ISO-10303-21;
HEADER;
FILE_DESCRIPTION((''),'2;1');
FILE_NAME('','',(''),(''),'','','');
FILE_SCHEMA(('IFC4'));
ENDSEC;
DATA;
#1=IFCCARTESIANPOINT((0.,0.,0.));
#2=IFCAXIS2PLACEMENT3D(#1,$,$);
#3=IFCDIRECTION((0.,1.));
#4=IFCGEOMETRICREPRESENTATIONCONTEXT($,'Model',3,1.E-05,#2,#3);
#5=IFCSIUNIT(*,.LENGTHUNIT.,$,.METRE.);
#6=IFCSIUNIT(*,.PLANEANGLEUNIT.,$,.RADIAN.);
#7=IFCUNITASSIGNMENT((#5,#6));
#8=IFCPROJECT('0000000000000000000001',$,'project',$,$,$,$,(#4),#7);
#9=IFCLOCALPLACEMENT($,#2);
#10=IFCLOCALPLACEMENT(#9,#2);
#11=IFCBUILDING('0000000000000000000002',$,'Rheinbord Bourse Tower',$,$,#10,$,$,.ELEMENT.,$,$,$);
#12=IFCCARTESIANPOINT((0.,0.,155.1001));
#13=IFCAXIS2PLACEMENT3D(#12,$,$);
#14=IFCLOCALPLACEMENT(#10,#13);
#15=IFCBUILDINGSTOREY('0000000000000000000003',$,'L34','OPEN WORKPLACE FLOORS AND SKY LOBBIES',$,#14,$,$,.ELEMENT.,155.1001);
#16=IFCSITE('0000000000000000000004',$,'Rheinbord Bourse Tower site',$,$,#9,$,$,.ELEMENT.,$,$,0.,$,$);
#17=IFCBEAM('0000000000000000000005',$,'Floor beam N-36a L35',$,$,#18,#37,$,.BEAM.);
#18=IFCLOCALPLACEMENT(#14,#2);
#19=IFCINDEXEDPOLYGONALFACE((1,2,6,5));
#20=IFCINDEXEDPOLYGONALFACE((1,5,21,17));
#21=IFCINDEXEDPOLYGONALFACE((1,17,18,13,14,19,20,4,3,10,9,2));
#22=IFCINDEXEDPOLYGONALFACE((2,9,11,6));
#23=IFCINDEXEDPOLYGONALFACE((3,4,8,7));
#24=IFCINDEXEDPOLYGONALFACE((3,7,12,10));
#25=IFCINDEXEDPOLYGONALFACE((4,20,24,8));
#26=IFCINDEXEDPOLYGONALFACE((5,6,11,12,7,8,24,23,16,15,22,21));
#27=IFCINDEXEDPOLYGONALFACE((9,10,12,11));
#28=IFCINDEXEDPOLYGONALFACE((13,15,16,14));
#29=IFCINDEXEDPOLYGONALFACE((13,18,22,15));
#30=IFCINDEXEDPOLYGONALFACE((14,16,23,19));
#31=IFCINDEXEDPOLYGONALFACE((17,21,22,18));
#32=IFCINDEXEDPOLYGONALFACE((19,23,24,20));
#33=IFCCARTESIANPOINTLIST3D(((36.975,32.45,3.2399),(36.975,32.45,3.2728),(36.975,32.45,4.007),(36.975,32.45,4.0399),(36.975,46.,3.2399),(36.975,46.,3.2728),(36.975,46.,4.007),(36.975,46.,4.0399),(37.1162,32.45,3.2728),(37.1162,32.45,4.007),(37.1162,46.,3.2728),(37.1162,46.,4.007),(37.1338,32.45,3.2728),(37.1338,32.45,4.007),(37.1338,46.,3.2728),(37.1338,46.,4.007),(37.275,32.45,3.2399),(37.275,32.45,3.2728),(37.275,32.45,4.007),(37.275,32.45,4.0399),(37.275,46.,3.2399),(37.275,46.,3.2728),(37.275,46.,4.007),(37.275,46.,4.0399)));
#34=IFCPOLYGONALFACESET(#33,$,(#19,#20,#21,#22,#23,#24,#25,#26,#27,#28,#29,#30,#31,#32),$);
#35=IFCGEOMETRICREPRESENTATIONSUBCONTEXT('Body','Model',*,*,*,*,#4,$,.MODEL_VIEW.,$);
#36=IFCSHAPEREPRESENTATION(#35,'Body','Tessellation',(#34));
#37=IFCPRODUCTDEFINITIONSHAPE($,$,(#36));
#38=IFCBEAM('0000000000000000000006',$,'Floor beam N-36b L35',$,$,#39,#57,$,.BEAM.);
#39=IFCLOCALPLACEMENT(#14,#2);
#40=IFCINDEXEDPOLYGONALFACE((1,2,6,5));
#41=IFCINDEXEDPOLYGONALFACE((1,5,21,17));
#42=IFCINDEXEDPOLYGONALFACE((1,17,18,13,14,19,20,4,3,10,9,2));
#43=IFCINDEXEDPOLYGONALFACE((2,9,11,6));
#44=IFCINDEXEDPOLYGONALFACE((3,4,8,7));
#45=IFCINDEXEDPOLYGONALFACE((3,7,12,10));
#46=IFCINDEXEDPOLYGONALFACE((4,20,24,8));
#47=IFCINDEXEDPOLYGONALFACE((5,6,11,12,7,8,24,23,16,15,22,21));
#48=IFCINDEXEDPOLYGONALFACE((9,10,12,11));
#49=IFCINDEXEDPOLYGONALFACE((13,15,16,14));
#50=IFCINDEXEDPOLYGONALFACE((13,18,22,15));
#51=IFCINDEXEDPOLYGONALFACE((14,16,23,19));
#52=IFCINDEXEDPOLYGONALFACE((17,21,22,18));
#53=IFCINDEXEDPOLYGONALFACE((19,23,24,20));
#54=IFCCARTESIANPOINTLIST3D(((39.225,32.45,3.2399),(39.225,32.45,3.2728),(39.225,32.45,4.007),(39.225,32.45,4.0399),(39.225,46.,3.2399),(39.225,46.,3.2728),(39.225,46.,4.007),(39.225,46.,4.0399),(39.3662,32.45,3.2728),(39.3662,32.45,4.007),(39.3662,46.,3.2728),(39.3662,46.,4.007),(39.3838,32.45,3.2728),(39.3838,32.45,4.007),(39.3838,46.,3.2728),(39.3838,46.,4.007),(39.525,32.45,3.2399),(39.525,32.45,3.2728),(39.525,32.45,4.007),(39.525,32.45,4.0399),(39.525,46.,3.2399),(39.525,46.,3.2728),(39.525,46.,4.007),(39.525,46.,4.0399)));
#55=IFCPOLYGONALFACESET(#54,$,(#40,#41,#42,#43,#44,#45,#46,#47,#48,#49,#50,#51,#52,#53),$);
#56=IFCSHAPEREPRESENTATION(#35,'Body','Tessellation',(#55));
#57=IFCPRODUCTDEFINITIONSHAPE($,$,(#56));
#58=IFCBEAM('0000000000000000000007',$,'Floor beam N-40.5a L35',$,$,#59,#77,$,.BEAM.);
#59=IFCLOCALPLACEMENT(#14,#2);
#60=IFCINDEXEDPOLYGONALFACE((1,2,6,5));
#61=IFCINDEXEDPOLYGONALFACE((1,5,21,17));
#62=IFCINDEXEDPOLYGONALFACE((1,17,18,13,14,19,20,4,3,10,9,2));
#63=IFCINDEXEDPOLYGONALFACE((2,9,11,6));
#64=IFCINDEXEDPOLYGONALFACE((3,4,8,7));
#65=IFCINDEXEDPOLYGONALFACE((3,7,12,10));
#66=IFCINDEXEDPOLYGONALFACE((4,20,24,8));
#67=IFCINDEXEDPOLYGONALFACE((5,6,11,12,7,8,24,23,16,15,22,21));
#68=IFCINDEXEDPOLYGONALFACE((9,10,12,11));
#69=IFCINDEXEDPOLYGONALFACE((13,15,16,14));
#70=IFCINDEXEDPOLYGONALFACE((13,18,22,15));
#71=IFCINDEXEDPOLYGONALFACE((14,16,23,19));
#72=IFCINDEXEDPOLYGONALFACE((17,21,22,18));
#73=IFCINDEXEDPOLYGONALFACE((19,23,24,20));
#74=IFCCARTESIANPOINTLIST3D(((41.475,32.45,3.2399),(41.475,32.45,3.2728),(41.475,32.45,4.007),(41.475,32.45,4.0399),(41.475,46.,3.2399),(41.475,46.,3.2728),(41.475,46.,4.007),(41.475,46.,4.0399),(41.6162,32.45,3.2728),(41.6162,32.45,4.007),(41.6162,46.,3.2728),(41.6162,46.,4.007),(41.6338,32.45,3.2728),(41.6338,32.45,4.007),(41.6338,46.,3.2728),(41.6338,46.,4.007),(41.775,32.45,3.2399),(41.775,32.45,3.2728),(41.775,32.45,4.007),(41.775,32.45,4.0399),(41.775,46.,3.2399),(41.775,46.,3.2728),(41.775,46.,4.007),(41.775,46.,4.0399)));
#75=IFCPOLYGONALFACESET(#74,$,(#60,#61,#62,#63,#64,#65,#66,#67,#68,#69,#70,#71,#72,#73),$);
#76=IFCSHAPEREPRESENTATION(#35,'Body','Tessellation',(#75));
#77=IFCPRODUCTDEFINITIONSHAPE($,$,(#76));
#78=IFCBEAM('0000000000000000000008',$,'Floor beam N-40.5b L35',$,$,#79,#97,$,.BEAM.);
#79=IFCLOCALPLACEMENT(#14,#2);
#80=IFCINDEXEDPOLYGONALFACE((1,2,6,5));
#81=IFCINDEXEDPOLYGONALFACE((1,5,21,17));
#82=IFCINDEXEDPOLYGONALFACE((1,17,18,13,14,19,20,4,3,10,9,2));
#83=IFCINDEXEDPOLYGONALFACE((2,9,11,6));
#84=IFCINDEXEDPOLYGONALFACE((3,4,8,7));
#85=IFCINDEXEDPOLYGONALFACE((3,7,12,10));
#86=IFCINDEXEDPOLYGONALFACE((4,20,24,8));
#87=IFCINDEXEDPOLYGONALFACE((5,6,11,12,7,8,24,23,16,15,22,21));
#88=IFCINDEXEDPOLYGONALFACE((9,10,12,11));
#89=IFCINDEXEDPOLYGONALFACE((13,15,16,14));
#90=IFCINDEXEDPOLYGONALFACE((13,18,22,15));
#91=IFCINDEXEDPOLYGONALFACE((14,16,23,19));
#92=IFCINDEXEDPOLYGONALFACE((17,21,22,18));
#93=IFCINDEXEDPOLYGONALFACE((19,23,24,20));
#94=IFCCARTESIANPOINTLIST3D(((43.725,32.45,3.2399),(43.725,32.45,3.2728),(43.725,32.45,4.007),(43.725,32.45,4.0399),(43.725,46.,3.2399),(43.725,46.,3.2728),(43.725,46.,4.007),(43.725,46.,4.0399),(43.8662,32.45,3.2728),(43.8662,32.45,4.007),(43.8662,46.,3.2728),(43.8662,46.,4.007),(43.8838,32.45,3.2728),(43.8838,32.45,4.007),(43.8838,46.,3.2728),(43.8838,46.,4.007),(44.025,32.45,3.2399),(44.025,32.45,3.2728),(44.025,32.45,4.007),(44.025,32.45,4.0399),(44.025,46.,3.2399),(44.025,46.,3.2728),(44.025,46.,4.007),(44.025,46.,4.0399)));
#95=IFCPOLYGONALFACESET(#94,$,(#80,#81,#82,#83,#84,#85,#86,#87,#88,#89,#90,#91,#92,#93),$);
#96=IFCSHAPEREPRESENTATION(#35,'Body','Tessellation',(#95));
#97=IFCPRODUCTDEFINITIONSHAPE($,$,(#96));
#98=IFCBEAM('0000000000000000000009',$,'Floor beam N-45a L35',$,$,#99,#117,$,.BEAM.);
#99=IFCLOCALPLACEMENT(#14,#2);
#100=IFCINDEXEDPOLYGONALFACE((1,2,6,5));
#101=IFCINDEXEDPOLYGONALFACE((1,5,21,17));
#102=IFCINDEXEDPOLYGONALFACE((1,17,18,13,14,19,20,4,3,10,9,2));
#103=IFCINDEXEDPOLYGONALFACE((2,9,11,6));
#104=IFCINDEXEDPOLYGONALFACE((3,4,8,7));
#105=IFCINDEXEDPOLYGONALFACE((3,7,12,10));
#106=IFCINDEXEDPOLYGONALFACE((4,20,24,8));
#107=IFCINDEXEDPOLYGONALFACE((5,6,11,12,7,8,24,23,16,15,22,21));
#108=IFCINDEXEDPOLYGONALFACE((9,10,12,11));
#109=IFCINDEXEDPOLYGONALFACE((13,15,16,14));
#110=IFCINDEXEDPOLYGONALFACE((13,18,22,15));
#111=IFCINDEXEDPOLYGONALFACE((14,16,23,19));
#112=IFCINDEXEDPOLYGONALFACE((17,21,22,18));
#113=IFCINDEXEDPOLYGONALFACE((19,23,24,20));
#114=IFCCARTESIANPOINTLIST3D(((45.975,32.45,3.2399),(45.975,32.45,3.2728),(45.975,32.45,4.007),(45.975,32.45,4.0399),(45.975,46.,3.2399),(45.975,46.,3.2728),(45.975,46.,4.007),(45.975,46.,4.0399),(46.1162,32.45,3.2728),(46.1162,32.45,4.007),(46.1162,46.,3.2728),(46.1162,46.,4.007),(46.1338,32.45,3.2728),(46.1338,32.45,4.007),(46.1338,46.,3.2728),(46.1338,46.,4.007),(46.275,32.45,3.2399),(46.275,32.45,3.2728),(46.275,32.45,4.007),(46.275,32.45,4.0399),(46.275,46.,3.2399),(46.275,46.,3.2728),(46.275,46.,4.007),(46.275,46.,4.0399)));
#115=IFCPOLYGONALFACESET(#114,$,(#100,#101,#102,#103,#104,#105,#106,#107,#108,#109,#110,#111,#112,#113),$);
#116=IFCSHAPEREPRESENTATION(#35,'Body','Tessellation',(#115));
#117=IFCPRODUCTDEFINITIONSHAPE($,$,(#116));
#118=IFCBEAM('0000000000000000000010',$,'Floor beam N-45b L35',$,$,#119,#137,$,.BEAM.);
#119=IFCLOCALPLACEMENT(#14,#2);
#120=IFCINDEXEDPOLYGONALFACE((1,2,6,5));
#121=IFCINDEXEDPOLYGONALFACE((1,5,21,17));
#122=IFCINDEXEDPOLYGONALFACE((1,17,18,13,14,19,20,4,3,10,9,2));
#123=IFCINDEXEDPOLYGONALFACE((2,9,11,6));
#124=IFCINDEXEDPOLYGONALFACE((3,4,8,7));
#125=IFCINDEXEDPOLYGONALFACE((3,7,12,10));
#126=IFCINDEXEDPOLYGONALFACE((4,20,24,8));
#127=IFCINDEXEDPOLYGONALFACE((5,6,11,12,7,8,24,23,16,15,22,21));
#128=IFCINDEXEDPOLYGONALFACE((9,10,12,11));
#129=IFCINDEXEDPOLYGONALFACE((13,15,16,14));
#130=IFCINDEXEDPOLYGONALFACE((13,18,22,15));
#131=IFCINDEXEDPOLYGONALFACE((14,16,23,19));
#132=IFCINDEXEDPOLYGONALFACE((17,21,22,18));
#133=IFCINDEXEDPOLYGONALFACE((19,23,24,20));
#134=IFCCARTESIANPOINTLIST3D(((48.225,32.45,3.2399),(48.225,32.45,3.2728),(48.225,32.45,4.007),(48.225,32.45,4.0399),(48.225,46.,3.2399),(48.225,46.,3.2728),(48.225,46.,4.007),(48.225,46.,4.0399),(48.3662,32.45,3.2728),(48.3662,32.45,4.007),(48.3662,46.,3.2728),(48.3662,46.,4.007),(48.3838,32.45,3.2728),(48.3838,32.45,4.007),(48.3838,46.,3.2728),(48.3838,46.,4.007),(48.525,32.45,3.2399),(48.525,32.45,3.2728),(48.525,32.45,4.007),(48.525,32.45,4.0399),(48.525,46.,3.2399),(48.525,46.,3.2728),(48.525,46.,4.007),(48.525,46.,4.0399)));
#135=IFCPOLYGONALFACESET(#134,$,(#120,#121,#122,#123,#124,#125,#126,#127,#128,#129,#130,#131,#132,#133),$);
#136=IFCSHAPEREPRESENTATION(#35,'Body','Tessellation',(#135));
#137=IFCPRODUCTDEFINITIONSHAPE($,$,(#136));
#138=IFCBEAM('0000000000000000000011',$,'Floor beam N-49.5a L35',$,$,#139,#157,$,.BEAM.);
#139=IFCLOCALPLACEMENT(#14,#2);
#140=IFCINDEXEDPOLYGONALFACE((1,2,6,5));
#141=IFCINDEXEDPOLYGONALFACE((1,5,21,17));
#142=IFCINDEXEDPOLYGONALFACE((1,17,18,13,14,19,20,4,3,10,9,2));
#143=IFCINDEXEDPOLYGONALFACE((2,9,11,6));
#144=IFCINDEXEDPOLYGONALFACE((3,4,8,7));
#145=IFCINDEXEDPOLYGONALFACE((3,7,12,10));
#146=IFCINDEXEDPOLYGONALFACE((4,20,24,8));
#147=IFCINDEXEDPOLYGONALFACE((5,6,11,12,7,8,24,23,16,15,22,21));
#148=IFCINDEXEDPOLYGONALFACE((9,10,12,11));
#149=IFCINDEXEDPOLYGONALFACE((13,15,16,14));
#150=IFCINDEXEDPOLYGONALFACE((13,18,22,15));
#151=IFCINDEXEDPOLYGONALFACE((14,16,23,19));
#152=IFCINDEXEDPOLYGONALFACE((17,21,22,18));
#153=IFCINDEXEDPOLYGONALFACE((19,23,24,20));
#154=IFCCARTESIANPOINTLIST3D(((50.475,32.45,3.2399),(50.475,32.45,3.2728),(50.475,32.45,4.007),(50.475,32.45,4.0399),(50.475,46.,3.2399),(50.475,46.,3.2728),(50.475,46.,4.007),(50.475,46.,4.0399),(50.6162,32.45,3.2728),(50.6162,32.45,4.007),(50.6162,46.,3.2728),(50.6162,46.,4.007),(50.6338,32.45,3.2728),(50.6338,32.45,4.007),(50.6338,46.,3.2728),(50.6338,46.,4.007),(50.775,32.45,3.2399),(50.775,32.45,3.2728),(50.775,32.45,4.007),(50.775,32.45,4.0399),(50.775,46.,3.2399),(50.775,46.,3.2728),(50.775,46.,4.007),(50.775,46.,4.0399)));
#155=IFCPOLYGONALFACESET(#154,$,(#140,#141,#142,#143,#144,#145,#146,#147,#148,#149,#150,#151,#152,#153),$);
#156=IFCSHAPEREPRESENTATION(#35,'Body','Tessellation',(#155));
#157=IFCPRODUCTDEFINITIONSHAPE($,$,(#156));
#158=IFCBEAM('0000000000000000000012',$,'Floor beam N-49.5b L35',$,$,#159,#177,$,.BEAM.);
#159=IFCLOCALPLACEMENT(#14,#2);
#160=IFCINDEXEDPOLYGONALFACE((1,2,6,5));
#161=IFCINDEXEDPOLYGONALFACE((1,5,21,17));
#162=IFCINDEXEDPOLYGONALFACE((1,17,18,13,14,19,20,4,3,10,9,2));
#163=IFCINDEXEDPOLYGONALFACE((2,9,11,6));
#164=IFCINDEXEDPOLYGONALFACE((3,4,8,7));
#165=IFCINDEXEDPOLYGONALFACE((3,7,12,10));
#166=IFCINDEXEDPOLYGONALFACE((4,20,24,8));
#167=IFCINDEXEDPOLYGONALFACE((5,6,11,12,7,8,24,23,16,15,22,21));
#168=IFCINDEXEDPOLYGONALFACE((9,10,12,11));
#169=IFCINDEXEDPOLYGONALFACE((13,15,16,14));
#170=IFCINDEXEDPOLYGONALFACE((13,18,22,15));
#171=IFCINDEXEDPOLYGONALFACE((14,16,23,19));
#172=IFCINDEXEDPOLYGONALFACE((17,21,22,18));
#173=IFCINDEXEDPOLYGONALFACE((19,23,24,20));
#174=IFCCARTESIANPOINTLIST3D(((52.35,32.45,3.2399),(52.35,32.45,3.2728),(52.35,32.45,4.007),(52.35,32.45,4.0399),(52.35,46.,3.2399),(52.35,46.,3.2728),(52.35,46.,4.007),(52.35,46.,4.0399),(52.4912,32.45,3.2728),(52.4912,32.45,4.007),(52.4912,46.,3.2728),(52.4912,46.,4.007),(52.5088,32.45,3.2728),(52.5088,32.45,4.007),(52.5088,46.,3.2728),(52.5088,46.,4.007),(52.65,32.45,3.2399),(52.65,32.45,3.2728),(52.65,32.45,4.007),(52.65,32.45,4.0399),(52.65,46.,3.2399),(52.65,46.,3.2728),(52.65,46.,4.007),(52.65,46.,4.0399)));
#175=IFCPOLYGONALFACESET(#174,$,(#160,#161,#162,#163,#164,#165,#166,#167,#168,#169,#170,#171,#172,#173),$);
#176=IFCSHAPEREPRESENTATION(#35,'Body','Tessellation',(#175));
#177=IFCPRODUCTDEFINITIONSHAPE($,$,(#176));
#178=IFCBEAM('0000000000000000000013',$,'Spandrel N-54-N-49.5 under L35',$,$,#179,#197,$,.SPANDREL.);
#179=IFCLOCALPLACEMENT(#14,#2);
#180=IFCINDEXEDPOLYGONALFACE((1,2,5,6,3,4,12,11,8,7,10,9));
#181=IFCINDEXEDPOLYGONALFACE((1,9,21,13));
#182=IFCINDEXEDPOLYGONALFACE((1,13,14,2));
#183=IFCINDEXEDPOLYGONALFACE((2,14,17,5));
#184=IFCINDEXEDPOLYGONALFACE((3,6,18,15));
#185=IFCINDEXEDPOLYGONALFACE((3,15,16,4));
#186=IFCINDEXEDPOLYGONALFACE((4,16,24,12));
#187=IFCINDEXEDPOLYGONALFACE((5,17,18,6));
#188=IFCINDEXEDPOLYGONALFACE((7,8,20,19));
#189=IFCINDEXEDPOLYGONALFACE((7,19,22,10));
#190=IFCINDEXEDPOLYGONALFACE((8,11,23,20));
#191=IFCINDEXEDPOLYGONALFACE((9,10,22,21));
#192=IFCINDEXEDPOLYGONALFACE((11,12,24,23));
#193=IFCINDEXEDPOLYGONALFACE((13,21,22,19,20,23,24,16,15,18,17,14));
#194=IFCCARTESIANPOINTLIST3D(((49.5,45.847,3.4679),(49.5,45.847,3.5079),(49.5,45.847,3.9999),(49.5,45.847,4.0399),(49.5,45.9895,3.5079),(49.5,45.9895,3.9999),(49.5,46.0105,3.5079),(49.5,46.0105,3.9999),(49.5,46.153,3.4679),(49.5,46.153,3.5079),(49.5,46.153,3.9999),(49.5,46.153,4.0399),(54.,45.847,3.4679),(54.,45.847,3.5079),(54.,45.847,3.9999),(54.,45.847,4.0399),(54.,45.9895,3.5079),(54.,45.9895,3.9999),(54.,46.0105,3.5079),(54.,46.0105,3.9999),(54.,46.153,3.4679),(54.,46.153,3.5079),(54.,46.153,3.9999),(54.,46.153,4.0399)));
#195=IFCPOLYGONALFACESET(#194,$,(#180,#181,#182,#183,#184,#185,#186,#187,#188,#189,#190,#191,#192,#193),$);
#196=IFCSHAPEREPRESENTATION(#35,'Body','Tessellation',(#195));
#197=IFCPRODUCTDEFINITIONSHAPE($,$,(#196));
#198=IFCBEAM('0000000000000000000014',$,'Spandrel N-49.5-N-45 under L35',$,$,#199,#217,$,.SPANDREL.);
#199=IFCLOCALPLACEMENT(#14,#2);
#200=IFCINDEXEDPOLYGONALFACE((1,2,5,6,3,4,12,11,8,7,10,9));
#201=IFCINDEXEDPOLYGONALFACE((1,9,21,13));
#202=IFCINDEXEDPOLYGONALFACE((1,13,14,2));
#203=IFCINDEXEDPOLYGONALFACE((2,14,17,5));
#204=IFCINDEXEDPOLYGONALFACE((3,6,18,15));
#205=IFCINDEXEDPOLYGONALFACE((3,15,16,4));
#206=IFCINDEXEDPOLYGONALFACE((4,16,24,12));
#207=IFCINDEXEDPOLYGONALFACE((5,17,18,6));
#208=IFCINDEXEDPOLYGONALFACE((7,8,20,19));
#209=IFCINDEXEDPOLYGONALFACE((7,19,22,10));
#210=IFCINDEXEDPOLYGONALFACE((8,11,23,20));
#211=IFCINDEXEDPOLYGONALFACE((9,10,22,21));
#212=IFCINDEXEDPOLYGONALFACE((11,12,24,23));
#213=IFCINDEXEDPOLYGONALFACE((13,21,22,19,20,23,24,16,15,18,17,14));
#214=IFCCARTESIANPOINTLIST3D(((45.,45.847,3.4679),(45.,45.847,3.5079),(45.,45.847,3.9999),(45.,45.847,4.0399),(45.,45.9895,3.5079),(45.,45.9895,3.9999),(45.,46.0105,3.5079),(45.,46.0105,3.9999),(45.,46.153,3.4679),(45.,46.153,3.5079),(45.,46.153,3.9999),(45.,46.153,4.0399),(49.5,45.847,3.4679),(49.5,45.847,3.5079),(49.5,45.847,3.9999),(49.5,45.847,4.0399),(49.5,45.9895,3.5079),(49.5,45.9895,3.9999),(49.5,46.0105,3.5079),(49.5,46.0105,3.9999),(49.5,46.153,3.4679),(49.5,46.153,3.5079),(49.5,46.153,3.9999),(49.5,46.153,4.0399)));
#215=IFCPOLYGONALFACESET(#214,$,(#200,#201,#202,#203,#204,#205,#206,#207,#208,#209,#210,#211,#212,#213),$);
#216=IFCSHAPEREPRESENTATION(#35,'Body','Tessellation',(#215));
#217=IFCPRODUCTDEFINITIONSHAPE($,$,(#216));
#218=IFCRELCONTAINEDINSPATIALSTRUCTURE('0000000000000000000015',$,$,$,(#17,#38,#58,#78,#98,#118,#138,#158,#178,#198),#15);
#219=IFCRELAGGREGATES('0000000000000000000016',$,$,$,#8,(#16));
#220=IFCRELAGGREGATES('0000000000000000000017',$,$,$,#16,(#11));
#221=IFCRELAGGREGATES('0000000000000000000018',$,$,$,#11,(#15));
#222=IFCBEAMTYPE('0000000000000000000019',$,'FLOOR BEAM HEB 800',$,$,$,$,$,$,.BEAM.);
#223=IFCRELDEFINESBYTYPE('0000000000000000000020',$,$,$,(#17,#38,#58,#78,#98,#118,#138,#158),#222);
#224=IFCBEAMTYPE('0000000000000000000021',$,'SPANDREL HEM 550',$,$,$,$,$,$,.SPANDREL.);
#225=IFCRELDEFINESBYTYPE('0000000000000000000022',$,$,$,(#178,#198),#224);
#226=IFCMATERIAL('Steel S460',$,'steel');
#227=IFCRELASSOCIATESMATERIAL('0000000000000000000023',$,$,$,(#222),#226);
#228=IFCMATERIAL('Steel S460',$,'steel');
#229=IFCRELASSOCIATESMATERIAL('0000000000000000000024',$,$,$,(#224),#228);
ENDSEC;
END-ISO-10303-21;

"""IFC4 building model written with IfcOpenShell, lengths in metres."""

from ifc_helpers import new_model, si_unit, direction, frame, origin, origin_2d, place, context, subcontext, project, spatial, i_section, extrude, material, material_profile, profile_set, type_object, element, save


model = new_model("IFC4")

# Units and contexts
model_context = context("Model", 3, precision=1e-05, world=origin(), true_north=direction((0.0, 1.0)))
body_context = subcontext(model_context, "Body", "Model", "MODEL_VIEW")
ifc_project = project(units=[si_unit("LENGTHUNIT", "METRE"), si_unit("PLANEANGLEUNIT", "RADIAN")], contexts=[model_context])

# Site, building, storey
site_placement = place(None, origin())
site = spatial("IfcSite", under=ifc_project, at=site_placement, Name="Rheinbord Bourse Tower site", CompositionType="ELEMENT", RefElevation=0.0)
building_placement = place(site_placement, origin())
building = spatial("IfcBuilding", under=site, at=building_placement, Name="Rheinbord Bourse Tower", CompositionType="ELEMENT")
storey_placement = place(building_placement, frame((0.0, 0.0, 155.1001)))
storey = spatial("IfcBuildingStorey", under=building, at=storey_placement, Name="L34", Description="OPEN WORKPLACE FLOORS AND SKY LOBBIES", CompositionType="ELEMENT", Elevation=155.1001)

# Beams
ifc_material_1 = material(Name="Steel S460", Category="steel")
ifc_material_profile_1 = material_profile(ifc_material_1, i_section(OverallWidth=0.3, OverallDepth=0.8, WebThickness=0.0176, FlangeThickness=0.033, at=origin_2d()), Name="HEB 800")
ifc_profile_set_1 = profile_set([ifc_material_profile_1], Name="Steel S460")
beam_type_1 = type_object("IfcBeamType", Name="FLOOR BEAM HEB 800", PredefinedType="BEAM", material=ifc_profile_set_1)
for number, where, z_axis, x_axis, name in (
    (1, (37.125, 46.0, 3.6399), (0.0, -1.0, 0.0), (1.0, 0.0, 0.0), "Floor beam N-36a L35"),
    (2, (39.375, 46.0, 3.6399), (0.0, -1.0, 0.0), (1.0, 0.0, 0.0), "Floor beam N-36b L35"),
    (3, (41.625, 46.0, 3.6399), (0.0, -1.0, 0.0), (1.0, 0.0, 0.0), "Floor beam N-40.5a L35"),
    (4, (43.875, 46.0, 3.6399), (0.0, -1.0, 0.0), (1.0, 0.0, 0.0), "Floor beam N-40.5b L35"),
    (5, (46.125, 46.0, 3.6399), (0.0, -1.0, 0.0), (1.0, 0.0, 0.0), "Floor beam N-45a L35"),
    (6, (48.375, 46.0, 3.6399), (0.0, -1.0, 0.0), (1.0, 0.0, 0.0), "Floor beam N-45b L35"),
    (7, (50.625, 46.0, 3.6399), (0.0, -1.0, 0.0), (1.0, 0.0, 0.0), "Floor beam N-49.5a L35"),
    (8, (52.5, 46.0, 3.6399), (0.0, -1.0, 0.0), (1.0, 0.0, 0.0), "Floor beam N-49.5b L35"),
):
    element("IfcBeam", number, at=place(storey_placement, frame(where, z_axis=z_axis, x_axis=x_axis)), inside=storey, type_object=beam_type_1, Name=name, PredefinedType="BEAM", context=body_context, shape_type="SweptSolid", body=[
        extrude(i_section(OverallWidth=0.3, OverallDepth=0.8, WebThickness=0.0176, FlangeThickness=0.033, at=origin_2d()), origin(), (0.0, 0.0, 1.0), 13.55),
    ])
ifc_material_2 = material(Name="Steel S460", Category="steel")
ifc_material_profile_2 = material_profile(ifc_material_2, i_section(OverallWidth=0.3059, OverallDepth=0.572, WebThickness=0.021, FlangeThickness=0.04, at=origin_2d()), Name="HEM 550")
ifc_profile_set_2 = profile_set([ifc_material_profile_2], Name="Steel S460")
beam_type_2 = type_object("IfcBeamType", Name="SPANDREL HEM 550", PredefinedType="SPANDREL", material=ifc_profile_set_2)
for number, where, z_axis, x_axis, name in (
    (9, (54.0, 46.0, 3.7539), (-1.0, 0.0, 0.0), (0.0, -1.0, 0.0), "Spandrel N-54-N-49.5 under L35"),
    (10, (49.5, 46.0, 3.7539), (-1.0, 0.0, 0.0), (0.0, -1.0, 0.0), "Spandrel N-49.5-N-45 under L35"),
):
    element("IfcBeam", number, at=place(storey_placement, frame(where, z_axis=z_axis, x_axis=x_axis)), inside=storey, type_object=beam_type_2, Name=name, PredefinedType="SPANDREL", context=body_context, shape_type="SweptSolid", body=[
        extrude(i_section(OverallWidth=0.3059, OverallDepth=0.572, WebThickness=0.021, FlangeThickness=0.04, at=origin_2d()), origin(), (0.0, 0.0, 1.0), 4.5),
    ])

save(model, "model.ifc")
